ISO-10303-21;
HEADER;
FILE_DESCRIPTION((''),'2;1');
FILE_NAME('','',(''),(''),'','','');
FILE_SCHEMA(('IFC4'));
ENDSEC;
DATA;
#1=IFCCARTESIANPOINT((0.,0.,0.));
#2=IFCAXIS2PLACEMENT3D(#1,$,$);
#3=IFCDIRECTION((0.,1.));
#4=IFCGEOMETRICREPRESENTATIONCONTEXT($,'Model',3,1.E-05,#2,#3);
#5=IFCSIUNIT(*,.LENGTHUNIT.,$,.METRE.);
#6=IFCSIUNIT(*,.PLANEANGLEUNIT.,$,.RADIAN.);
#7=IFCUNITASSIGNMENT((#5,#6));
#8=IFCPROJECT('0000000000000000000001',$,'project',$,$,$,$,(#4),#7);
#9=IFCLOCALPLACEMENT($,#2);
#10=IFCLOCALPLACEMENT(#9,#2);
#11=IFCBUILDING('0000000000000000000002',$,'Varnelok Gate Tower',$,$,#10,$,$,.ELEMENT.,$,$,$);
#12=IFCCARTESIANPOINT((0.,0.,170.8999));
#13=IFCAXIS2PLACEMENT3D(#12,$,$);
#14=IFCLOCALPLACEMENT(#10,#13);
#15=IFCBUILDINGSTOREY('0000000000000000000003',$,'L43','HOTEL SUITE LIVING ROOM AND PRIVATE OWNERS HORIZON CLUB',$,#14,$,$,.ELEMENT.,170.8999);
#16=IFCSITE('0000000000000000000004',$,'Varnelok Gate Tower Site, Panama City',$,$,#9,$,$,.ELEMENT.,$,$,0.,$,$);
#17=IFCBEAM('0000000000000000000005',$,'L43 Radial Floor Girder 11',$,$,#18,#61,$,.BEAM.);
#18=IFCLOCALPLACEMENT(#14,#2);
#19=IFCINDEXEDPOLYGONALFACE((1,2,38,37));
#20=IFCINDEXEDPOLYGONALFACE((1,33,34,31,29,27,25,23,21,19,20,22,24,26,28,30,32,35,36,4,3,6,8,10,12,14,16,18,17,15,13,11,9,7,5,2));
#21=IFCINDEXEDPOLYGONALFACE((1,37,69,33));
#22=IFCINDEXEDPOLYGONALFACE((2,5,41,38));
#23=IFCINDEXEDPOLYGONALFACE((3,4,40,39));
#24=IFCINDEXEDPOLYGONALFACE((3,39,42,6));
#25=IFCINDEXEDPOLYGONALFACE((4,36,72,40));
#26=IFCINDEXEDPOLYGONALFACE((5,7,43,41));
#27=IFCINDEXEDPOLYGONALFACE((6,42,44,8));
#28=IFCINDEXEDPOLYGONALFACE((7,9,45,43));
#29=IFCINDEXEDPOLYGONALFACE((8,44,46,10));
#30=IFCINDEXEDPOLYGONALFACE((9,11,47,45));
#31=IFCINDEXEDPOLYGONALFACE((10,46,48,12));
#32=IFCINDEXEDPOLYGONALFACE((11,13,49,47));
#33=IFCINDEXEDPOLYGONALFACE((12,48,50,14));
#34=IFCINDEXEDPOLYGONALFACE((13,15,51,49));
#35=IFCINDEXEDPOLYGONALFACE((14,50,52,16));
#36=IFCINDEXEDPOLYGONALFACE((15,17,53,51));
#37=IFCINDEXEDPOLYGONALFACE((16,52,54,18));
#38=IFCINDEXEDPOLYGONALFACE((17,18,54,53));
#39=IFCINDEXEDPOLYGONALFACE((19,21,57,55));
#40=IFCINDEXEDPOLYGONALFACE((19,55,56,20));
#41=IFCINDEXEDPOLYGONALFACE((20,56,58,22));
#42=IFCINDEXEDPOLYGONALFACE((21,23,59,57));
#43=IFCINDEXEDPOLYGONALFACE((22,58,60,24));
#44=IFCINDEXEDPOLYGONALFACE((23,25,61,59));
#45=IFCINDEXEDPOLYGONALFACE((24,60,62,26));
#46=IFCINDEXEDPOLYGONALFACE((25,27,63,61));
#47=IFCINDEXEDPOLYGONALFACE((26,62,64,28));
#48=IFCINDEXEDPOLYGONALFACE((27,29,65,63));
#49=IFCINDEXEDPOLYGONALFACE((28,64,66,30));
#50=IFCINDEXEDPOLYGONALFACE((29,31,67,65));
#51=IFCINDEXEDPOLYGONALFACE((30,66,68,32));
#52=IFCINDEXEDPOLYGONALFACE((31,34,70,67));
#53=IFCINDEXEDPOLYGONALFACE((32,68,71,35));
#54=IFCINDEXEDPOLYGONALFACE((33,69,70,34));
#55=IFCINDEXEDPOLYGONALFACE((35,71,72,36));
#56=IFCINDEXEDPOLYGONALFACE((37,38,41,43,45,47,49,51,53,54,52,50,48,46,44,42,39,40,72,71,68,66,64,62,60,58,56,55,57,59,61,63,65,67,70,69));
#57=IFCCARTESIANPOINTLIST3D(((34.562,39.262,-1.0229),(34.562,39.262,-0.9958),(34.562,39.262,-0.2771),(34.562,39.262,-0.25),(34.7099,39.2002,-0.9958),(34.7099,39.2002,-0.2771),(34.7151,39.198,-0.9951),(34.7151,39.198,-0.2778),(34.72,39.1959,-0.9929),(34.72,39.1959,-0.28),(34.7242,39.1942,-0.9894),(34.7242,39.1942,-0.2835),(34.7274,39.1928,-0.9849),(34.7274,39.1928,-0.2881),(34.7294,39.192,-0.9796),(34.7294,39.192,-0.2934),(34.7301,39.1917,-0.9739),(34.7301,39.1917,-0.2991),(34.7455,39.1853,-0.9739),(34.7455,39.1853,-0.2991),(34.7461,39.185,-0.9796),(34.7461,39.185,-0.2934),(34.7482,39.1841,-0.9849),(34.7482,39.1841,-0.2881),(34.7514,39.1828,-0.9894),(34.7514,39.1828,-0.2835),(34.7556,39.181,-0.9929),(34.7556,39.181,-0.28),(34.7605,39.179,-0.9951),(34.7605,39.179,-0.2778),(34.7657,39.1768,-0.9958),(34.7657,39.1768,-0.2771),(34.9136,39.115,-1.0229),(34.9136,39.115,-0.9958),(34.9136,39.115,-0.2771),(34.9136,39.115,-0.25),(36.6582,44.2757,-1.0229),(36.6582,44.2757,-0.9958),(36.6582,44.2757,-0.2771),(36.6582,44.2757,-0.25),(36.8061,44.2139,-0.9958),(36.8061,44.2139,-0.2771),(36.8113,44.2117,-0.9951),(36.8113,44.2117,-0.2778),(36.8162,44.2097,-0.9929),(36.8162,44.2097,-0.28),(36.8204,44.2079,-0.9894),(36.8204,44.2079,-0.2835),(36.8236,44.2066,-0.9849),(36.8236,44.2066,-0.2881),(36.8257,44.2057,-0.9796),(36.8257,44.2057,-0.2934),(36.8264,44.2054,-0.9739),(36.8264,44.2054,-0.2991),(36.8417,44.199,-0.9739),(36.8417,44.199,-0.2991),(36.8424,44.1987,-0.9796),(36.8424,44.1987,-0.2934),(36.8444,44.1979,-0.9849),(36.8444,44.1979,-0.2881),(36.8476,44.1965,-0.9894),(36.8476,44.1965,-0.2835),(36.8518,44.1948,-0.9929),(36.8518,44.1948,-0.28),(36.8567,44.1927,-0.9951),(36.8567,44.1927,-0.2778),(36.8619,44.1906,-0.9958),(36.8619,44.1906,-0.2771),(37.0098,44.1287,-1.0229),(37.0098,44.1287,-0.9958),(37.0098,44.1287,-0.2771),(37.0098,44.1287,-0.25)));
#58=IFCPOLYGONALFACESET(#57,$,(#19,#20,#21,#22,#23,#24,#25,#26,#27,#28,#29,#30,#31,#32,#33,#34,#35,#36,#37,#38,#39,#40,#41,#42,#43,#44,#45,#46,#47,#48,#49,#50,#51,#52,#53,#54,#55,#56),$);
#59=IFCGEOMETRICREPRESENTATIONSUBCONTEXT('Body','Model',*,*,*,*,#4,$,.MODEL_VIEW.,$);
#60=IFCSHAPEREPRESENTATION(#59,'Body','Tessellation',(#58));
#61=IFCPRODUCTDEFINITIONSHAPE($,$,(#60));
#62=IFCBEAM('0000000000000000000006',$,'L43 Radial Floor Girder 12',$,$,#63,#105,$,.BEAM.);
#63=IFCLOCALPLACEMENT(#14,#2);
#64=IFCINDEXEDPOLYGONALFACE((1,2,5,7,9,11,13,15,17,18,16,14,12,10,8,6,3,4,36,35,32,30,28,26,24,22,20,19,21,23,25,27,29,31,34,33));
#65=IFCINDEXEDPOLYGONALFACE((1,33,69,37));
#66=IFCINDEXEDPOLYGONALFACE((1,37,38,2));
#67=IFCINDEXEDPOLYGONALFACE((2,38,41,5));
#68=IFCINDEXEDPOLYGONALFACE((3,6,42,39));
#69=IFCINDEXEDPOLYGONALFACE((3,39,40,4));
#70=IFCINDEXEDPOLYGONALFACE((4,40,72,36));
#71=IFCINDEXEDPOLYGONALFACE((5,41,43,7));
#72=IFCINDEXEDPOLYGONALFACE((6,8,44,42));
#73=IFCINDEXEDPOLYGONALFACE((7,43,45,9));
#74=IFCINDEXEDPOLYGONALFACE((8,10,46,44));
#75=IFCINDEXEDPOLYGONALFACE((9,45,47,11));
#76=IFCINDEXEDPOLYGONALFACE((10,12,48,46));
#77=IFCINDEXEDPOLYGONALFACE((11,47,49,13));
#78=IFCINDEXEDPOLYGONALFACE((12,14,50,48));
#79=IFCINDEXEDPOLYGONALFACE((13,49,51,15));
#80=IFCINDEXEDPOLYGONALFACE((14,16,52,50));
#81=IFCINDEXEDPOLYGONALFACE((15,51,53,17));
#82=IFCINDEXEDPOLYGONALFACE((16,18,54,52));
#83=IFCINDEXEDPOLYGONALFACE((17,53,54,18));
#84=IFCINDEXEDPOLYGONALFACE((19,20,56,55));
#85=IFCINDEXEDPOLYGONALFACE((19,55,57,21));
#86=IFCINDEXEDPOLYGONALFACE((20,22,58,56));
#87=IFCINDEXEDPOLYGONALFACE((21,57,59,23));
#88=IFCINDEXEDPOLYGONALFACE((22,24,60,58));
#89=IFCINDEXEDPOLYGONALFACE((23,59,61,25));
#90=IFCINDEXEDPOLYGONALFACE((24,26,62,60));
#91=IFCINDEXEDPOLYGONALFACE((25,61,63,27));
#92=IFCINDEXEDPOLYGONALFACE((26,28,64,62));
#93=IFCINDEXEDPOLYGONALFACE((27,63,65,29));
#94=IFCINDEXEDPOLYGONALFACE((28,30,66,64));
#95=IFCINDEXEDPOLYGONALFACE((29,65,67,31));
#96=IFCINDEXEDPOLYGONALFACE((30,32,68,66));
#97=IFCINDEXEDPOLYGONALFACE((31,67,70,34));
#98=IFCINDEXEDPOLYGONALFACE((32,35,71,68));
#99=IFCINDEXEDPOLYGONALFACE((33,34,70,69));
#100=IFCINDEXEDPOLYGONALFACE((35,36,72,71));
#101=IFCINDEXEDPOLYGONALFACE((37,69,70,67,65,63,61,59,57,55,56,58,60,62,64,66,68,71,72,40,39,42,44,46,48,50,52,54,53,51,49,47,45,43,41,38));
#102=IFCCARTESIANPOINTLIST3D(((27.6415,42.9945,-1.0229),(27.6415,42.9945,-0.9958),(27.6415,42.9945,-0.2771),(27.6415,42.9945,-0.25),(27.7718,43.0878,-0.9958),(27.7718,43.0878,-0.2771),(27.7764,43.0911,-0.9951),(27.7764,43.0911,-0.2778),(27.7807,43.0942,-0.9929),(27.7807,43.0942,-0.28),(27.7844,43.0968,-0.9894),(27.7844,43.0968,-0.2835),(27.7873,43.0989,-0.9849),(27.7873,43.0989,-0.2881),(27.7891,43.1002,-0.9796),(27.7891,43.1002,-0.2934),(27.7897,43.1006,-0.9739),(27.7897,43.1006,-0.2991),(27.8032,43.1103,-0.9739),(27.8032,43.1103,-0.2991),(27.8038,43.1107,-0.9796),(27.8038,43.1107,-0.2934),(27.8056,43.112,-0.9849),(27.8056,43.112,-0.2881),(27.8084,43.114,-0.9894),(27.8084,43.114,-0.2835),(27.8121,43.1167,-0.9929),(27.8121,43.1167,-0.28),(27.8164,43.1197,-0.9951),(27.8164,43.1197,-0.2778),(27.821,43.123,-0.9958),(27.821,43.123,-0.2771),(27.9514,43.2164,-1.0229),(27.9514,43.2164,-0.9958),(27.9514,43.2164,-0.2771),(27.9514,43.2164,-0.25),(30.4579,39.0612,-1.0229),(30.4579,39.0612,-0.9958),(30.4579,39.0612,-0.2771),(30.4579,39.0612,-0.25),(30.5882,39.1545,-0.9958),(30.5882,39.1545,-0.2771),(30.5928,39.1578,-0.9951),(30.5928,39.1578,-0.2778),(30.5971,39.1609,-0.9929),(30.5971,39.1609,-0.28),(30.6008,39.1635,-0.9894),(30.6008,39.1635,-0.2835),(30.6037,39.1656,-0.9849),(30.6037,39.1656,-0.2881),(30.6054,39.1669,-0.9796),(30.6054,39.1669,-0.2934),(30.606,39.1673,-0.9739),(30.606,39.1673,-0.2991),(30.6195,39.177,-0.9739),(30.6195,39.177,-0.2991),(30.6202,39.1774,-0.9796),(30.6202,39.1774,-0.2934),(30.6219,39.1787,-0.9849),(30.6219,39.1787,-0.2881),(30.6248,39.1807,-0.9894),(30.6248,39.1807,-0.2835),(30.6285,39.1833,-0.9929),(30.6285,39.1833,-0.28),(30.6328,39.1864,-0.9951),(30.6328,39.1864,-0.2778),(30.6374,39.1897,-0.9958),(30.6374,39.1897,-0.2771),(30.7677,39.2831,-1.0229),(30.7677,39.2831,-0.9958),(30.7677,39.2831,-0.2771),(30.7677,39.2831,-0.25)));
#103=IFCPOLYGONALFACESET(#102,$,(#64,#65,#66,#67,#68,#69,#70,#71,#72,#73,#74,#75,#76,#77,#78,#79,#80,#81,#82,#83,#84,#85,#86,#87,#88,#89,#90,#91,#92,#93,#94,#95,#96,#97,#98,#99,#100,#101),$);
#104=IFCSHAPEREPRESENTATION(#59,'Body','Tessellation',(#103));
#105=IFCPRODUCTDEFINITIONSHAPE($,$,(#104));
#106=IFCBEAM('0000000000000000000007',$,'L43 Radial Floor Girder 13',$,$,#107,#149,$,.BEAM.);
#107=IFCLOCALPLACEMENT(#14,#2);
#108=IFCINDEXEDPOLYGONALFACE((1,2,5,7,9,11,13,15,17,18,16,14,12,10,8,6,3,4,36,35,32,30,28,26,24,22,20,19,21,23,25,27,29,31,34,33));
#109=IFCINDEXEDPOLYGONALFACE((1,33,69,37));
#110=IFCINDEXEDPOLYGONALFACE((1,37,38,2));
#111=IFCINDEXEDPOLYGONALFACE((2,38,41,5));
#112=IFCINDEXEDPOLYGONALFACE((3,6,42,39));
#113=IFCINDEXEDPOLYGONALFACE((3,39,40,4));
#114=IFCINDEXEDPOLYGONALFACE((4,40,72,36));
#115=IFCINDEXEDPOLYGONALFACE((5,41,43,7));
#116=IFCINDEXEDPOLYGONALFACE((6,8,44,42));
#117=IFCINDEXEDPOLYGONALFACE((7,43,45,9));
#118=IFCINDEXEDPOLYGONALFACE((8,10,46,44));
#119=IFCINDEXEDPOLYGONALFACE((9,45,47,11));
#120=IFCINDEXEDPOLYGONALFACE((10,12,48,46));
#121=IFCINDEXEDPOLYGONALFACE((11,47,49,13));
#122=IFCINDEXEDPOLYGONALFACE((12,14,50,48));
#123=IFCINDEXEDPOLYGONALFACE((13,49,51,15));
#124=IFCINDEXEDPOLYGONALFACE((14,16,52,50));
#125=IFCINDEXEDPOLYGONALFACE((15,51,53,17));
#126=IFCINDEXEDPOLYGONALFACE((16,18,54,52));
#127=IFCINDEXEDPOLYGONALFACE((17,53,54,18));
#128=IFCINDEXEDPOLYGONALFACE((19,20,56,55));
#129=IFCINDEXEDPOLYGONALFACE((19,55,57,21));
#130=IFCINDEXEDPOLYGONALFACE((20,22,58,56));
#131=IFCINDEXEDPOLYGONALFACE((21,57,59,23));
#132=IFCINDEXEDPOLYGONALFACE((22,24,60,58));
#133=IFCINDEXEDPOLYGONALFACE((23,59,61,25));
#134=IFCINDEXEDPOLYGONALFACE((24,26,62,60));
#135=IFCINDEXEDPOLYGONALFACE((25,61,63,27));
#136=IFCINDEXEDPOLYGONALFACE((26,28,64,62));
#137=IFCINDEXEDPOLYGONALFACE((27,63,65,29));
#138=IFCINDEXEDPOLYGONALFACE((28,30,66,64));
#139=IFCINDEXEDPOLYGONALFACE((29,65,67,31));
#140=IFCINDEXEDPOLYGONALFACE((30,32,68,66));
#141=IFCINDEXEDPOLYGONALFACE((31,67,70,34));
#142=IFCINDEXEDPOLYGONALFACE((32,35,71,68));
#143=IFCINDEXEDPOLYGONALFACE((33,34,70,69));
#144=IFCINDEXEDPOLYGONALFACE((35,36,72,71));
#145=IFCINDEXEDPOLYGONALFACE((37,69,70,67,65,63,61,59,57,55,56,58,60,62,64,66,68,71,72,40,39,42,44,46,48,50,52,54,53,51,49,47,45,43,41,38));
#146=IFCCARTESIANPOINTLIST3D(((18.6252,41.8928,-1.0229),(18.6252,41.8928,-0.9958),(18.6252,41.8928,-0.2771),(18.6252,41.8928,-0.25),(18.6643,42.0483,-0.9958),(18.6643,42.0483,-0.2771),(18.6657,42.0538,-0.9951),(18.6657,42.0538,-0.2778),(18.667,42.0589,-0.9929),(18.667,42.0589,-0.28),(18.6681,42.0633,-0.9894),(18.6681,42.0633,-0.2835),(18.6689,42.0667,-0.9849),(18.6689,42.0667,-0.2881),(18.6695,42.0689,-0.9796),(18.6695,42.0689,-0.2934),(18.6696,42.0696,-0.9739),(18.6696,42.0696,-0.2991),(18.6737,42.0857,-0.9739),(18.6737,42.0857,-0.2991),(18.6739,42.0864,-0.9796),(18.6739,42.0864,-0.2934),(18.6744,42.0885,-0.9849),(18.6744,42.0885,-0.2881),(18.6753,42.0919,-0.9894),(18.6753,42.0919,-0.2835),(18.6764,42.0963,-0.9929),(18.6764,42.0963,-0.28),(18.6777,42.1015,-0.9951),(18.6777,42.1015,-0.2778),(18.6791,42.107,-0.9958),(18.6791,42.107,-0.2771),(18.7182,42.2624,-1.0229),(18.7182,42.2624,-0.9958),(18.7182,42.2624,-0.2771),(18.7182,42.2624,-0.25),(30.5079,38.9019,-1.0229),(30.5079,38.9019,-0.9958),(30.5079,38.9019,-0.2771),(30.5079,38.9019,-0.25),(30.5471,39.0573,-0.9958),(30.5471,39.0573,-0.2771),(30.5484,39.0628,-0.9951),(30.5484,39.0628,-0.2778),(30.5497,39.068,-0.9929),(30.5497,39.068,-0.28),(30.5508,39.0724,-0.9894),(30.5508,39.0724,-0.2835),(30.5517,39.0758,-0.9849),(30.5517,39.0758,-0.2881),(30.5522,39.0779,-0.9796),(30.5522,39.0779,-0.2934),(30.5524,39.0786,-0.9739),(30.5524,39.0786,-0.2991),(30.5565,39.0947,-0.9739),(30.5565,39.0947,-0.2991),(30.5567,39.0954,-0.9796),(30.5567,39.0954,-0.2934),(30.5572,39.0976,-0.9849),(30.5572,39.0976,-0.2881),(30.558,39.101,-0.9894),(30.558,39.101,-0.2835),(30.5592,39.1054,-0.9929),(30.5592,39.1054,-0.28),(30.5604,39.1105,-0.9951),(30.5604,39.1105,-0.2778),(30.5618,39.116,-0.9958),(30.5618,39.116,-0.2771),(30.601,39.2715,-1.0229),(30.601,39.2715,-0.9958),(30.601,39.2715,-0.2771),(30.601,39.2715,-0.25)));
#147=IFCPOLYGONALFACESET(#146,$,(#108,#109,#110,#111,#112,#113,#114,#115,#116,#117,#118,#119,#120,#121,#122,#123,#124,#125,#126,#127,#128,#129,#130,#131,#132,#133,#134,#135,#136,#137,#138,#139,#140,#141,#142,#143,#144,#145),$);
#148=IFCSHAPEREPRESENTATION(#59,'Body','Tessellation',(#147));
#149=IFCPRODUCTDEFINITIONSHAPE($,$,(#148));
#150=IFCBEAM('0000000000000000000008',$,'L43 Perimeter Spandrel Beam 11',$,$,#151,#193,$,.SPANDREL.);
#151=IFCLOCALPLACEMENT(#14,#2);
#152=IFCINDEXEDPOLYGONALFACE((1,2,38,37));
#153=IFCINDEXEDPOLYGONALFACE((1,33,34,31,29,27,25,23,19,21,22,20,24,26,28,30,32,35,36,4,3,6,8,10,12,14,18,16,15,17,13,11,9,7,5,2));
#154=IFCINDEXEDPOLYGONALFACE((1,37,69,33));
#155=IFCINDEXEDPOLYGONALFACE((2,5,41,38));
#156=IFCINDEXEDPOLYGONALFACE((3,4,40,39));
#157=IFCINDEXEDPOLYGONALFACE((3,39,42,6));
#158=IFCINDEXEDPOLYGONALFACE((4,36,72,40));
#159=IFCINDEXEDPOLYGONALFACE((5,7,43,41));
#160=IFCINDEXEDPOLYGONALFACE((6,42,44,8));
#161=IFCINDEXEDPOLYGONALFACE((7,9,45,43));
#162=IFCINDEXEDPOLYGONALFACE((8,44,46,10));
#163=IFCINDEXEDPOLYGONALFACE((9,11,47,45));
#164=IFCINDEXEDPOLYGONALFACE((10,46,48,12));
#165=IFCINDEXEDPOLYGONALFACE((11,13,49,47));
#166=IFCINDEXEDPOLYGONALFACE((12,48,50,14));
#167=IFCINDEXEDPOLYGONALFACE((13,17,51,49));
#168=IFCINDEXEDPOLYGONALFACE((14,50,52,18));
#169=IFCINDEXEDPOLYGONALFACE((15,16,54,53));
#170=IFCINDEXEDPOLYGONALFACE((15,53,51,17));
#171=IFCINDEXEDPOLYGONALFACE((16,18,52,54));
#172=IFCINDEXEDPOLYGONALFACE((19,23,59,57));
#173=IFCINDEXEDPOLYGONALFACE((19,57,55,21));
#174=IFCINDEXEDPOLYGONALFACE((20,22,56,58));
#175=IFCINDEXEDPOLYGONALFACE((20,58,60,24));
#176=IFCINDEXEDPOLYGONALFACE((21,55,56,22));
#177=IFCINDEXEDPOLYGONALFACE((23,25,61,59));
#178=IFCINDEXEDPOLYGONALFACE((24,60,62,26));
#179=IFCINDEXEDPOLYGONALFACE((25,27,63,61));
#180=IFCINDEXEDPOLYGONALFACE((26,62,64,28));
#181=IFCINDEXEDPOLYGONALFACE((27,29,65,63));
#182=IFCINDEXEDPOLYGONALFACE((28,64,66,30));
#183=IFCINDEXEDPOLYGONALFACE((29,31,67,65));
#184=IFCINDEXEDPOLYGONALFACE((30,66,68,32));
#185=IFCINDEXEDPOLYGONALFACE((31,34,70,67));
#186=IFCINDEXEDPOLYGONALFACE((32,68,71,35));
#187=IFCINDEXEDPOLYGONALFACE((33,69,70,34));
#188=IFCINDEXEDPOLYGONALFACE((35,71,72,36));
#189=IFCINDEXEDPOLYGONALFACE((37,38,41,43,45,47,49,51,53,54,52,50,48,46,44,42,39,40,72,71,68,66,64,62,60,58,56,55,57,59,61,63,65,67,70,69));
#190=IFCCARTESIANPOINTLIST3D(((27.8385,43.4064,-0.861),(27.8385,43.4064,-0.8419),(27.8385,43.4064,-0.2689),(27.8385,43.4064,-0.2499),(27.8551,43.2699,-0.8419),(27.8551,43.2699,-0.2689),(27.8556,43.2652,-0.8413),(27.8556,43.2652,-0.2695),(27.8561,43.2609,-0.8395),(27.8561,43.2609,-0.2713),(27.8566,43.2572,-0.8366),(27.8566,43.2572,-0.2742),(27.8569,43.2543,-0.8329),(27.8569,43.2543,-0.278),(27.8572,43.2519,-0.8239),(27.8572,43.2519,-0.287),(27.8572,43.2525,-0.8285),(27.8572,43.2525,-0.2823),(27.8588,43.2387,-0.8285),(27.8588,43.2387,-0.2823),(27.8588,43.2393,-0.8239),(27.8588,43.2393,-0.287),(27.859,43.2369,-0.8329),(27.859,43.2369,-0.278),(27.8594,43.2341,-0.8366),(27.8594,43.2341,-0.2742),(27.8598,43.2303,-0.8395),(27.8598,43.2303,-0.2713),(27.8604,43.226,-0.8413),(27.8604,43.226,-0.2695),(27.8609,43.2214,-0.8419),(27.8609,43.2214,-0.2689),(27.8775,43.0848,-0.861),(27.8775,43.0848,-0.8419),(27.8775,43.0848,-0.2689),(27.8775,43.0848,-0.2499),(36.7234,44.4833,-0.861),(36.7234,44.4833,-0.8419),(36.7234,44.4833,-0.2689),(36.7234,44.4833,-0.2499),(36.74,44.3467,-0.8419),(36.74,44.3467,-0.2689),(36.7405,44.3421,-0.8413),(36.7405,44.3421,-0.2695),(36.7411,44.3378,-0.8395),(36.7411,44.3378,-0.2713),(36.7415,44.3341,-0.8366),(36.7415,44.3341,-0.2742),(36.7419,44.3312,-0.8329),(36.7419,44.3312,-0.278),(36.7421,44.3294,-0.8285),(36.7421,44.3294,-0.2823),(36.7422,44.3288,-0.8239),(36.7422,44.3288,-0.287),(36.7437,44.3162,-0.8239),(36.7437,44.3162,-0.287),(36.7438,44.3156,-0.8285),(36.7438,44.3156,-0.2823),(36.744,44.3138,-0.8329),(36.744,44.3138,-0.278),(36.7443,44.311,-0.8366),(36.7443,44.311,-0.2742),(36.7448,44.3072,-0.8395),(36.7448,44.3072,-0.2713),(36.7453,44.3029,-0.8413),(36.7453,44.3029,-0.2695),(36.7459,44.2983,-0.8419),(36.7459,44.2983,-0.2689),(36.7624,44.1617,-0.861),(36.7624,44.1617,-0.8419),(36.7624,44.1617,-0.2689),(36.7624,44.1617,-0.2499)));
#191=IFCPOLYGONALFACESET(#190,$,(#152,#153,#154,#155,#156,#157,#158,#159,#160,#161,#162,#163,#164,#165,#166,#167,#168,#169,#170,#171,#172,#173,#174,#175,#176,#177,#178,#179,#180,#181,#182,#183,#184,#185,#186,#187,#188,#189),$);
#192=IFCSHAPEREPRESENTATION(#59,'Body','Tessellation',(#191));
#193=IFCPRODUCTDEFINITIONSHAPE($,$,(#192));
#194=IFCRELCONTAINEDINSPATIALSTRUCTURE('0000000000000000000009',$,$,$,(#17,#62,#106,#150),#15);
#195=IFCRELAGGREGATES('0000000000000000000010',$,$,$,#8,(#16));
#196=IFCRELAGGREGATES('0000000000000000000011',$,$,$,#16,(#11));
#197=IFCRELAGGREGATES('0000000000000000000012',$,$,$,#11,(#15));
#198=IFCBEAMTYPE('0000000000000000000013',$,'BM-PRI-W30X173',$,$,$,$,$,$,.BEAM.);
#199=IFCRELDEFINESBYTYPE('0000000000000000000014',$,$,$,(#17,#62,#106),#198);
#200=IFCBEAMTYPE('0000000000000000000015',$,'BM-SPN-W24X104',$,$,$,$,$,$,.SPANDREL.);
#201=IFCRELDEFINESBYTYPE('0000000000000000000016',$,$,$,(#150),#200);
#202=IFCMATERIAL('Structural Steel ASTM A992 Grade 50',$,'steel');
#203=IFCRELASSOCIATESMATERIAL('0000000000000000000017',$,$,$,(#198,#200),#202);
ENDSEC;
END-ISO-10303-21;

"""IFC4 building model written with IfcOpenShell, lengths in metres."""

from ifc_helpers import new_model, si_unit, direction, frame, origin, origin_2d, place, context, subcontext, project, spatial, i_section, extrude, material, material_profile, profile_set, type_object, element, save


model = new_model("IFC4")

# Units and contexts
model_context = context("Model", 3, precision=1e-05, world=origin(), true_north=direction((0.0, 1.0)))
body_context = subcontext(model_context, "Body", "Model", "MODEL_VIEW")
ifc_project = project(units=[si_unit("LENGTHUNIT", "METRE"), si_unit("PLANEANGLEUNIT", "RADIAN")], contexts=[model_context])

# Site, building, storey
site_placement = place(None, origin())
site = spatial("IfcSite", under=ifc_project, at=site_placement, Name="Varnelok Gate Tower Site, Panama City", CompositionType="ELEMENT", RefElevation=0.0)
building_placement = place(site_placement, origin())
building = spatial("IfcBuilding", under=site, at=building_placement, Name="Varnelok Gate Tower", CompositionType="ELEMENT")
storey_placement = place(building_placement, frame((0.0, 0.0, 170.8999)))
storey = spatial("IfcBuildingStorey", under=building, at=storey_placement, Name="L43", Description="HOTEL SUITE LIVING ROOM AND PRIVATE OWNERS HORIZON CLUB", CompositionType="ELEMENT", Elevation=170.8999)

# Shared definitions
ifc_material_1 = material(Name="Structural Steel ASTM A992 Grade 50", Category="steel")

# Beams
ifc_material_profile_1 = material_profile(ifc_material_1, i_section(OverallWidth=0.3811, OverallDepth=0.7729, WebThickness=0.0166, FlangeThickness=0.0271, FilletRadius=0.022, at=origin_2d()), Name="W30X173")
ifc_profile_set_1 = profile_set([ifc_material_profile_1], Name="Structural Steel ASTM A992 Grade 50")
beam_type_1 = type_object("IfcBeamType", Name="BM-PRI-W30X173", PredefinedType="BEAM", material=ifc_profile_set_1)
beam_1_placement = place(storey_placement, frame((34.7378, 39.1885, -0.6365), z_axis=(0.385738, 0.922608, 0.0), x_axis=(-0.922608, 0.385738, 0.0)))
element("IfcBeam", 1, at=beam_1_placement, inside=storey, type_object=beam_type_1, Name="L43 Radial Floor Girder 11", PredefinedType="BEAM", context=body_context, shape_type="SweptSolid", body=[
    extrude(i_section(OverallWidth=0.3811, OverallDepth=0.7729, WebThickness=0.0166, FlangeThickness=0.0271, FilletRadius=0.022, at=origin_2d()), origin(), (0.0, 0.0, 1.0), 5.4343),
])
beam_2_placement = place(storey_placement, frame((30.6128, 39.1721, -0.6365), z_axis=(-0.582178, 0.813061, 0.0), x_axis=(-0.813061, -0.582178, 0.0)))
element("IfcBeam", 2, at=beam_2_placement, inside=storey, type_object=beam_type_1, Name="L43 Radial Floor Girder 12", PredefinedType="BEAM", context=body_context, shape_type="SweptSolid", body=[
    extrude(i_section(OverallWidth=0.3811, OverallDepth=0.7729, WebThickness=0.0166, FlangeThickness=0.0271, FilletRadius=0.022, at=origin_2d()), origin(), (0.0, 0.0, 1.0), 4.8376),
])
beam_3_placement = place(storey_placement, frame((30.5544, 39.0867, -0.6365), z_axis=(-0.969752, 0.244092, 0.0), x_axis=(-0.244092, -0.969752, 0.0)))
element("IfcBeam", 3, at=beam_3_placement, inside=storey, type_object=beam_type_1, Name="L43 Radial Floor Girder 13", PredefinedType="BEAM", context=body_context, shape_type="SweptSolid", body=[
    extrude(i_section(OverallWidth=0.3811, OverallDepth=0.7729, WebThickness=0.0166, FlangeThickness=0.0271, FilletRadius=0.022, at=origin_2d()), origin(), (0.0, 0.0, 1.0), 12.2534),
])
ifc_material_profile_2 = material_profile(ifc_material_1, i_section(OverallWidth=0.324, OverallDepth=0.6111, WebThickness=0.0127, FlangeThickness=0.019, FilletRadius=0.0181, at=origin_2d()), Name="W24X104")
ifc_profile_set_2 = profile_set([ifc_material_profile_2], Name="Structural Steel ASTM A992 Grade 50")
beam_type_2 = type_object("IfcBeamType", Name="BM-SPN-W24X104", PredefinedType="SPANDREL", material=ifc_profile_set_2)
beam_4_placement = place(storey_placement, frame((36.7429, 44.3225, -0.5554), z_axis=(-0.992735, -0.120324, 0.0), x_axis=(0.120324, -0.992735, 0.0)))
element("IfcBeam", 4, at=beam_4_placement, inside=storey, type_object=beam_type_2, Name="L43 Perimeter Spandrel Beam 11", PredefinedType="SPANDREL", context=body_context, shape_type="SweptSolid", body=[
    extrude(i_section(OverallWidth=0.324, OverallDepth=0.6111, WebThickness=0.0127, FlangeThickness=0.019, FilletRadius=0.0181, at=origin_2d()), origin(), (0.0, 0.0, 1.0), 8.95),
])

save(model, "model.ifc")
